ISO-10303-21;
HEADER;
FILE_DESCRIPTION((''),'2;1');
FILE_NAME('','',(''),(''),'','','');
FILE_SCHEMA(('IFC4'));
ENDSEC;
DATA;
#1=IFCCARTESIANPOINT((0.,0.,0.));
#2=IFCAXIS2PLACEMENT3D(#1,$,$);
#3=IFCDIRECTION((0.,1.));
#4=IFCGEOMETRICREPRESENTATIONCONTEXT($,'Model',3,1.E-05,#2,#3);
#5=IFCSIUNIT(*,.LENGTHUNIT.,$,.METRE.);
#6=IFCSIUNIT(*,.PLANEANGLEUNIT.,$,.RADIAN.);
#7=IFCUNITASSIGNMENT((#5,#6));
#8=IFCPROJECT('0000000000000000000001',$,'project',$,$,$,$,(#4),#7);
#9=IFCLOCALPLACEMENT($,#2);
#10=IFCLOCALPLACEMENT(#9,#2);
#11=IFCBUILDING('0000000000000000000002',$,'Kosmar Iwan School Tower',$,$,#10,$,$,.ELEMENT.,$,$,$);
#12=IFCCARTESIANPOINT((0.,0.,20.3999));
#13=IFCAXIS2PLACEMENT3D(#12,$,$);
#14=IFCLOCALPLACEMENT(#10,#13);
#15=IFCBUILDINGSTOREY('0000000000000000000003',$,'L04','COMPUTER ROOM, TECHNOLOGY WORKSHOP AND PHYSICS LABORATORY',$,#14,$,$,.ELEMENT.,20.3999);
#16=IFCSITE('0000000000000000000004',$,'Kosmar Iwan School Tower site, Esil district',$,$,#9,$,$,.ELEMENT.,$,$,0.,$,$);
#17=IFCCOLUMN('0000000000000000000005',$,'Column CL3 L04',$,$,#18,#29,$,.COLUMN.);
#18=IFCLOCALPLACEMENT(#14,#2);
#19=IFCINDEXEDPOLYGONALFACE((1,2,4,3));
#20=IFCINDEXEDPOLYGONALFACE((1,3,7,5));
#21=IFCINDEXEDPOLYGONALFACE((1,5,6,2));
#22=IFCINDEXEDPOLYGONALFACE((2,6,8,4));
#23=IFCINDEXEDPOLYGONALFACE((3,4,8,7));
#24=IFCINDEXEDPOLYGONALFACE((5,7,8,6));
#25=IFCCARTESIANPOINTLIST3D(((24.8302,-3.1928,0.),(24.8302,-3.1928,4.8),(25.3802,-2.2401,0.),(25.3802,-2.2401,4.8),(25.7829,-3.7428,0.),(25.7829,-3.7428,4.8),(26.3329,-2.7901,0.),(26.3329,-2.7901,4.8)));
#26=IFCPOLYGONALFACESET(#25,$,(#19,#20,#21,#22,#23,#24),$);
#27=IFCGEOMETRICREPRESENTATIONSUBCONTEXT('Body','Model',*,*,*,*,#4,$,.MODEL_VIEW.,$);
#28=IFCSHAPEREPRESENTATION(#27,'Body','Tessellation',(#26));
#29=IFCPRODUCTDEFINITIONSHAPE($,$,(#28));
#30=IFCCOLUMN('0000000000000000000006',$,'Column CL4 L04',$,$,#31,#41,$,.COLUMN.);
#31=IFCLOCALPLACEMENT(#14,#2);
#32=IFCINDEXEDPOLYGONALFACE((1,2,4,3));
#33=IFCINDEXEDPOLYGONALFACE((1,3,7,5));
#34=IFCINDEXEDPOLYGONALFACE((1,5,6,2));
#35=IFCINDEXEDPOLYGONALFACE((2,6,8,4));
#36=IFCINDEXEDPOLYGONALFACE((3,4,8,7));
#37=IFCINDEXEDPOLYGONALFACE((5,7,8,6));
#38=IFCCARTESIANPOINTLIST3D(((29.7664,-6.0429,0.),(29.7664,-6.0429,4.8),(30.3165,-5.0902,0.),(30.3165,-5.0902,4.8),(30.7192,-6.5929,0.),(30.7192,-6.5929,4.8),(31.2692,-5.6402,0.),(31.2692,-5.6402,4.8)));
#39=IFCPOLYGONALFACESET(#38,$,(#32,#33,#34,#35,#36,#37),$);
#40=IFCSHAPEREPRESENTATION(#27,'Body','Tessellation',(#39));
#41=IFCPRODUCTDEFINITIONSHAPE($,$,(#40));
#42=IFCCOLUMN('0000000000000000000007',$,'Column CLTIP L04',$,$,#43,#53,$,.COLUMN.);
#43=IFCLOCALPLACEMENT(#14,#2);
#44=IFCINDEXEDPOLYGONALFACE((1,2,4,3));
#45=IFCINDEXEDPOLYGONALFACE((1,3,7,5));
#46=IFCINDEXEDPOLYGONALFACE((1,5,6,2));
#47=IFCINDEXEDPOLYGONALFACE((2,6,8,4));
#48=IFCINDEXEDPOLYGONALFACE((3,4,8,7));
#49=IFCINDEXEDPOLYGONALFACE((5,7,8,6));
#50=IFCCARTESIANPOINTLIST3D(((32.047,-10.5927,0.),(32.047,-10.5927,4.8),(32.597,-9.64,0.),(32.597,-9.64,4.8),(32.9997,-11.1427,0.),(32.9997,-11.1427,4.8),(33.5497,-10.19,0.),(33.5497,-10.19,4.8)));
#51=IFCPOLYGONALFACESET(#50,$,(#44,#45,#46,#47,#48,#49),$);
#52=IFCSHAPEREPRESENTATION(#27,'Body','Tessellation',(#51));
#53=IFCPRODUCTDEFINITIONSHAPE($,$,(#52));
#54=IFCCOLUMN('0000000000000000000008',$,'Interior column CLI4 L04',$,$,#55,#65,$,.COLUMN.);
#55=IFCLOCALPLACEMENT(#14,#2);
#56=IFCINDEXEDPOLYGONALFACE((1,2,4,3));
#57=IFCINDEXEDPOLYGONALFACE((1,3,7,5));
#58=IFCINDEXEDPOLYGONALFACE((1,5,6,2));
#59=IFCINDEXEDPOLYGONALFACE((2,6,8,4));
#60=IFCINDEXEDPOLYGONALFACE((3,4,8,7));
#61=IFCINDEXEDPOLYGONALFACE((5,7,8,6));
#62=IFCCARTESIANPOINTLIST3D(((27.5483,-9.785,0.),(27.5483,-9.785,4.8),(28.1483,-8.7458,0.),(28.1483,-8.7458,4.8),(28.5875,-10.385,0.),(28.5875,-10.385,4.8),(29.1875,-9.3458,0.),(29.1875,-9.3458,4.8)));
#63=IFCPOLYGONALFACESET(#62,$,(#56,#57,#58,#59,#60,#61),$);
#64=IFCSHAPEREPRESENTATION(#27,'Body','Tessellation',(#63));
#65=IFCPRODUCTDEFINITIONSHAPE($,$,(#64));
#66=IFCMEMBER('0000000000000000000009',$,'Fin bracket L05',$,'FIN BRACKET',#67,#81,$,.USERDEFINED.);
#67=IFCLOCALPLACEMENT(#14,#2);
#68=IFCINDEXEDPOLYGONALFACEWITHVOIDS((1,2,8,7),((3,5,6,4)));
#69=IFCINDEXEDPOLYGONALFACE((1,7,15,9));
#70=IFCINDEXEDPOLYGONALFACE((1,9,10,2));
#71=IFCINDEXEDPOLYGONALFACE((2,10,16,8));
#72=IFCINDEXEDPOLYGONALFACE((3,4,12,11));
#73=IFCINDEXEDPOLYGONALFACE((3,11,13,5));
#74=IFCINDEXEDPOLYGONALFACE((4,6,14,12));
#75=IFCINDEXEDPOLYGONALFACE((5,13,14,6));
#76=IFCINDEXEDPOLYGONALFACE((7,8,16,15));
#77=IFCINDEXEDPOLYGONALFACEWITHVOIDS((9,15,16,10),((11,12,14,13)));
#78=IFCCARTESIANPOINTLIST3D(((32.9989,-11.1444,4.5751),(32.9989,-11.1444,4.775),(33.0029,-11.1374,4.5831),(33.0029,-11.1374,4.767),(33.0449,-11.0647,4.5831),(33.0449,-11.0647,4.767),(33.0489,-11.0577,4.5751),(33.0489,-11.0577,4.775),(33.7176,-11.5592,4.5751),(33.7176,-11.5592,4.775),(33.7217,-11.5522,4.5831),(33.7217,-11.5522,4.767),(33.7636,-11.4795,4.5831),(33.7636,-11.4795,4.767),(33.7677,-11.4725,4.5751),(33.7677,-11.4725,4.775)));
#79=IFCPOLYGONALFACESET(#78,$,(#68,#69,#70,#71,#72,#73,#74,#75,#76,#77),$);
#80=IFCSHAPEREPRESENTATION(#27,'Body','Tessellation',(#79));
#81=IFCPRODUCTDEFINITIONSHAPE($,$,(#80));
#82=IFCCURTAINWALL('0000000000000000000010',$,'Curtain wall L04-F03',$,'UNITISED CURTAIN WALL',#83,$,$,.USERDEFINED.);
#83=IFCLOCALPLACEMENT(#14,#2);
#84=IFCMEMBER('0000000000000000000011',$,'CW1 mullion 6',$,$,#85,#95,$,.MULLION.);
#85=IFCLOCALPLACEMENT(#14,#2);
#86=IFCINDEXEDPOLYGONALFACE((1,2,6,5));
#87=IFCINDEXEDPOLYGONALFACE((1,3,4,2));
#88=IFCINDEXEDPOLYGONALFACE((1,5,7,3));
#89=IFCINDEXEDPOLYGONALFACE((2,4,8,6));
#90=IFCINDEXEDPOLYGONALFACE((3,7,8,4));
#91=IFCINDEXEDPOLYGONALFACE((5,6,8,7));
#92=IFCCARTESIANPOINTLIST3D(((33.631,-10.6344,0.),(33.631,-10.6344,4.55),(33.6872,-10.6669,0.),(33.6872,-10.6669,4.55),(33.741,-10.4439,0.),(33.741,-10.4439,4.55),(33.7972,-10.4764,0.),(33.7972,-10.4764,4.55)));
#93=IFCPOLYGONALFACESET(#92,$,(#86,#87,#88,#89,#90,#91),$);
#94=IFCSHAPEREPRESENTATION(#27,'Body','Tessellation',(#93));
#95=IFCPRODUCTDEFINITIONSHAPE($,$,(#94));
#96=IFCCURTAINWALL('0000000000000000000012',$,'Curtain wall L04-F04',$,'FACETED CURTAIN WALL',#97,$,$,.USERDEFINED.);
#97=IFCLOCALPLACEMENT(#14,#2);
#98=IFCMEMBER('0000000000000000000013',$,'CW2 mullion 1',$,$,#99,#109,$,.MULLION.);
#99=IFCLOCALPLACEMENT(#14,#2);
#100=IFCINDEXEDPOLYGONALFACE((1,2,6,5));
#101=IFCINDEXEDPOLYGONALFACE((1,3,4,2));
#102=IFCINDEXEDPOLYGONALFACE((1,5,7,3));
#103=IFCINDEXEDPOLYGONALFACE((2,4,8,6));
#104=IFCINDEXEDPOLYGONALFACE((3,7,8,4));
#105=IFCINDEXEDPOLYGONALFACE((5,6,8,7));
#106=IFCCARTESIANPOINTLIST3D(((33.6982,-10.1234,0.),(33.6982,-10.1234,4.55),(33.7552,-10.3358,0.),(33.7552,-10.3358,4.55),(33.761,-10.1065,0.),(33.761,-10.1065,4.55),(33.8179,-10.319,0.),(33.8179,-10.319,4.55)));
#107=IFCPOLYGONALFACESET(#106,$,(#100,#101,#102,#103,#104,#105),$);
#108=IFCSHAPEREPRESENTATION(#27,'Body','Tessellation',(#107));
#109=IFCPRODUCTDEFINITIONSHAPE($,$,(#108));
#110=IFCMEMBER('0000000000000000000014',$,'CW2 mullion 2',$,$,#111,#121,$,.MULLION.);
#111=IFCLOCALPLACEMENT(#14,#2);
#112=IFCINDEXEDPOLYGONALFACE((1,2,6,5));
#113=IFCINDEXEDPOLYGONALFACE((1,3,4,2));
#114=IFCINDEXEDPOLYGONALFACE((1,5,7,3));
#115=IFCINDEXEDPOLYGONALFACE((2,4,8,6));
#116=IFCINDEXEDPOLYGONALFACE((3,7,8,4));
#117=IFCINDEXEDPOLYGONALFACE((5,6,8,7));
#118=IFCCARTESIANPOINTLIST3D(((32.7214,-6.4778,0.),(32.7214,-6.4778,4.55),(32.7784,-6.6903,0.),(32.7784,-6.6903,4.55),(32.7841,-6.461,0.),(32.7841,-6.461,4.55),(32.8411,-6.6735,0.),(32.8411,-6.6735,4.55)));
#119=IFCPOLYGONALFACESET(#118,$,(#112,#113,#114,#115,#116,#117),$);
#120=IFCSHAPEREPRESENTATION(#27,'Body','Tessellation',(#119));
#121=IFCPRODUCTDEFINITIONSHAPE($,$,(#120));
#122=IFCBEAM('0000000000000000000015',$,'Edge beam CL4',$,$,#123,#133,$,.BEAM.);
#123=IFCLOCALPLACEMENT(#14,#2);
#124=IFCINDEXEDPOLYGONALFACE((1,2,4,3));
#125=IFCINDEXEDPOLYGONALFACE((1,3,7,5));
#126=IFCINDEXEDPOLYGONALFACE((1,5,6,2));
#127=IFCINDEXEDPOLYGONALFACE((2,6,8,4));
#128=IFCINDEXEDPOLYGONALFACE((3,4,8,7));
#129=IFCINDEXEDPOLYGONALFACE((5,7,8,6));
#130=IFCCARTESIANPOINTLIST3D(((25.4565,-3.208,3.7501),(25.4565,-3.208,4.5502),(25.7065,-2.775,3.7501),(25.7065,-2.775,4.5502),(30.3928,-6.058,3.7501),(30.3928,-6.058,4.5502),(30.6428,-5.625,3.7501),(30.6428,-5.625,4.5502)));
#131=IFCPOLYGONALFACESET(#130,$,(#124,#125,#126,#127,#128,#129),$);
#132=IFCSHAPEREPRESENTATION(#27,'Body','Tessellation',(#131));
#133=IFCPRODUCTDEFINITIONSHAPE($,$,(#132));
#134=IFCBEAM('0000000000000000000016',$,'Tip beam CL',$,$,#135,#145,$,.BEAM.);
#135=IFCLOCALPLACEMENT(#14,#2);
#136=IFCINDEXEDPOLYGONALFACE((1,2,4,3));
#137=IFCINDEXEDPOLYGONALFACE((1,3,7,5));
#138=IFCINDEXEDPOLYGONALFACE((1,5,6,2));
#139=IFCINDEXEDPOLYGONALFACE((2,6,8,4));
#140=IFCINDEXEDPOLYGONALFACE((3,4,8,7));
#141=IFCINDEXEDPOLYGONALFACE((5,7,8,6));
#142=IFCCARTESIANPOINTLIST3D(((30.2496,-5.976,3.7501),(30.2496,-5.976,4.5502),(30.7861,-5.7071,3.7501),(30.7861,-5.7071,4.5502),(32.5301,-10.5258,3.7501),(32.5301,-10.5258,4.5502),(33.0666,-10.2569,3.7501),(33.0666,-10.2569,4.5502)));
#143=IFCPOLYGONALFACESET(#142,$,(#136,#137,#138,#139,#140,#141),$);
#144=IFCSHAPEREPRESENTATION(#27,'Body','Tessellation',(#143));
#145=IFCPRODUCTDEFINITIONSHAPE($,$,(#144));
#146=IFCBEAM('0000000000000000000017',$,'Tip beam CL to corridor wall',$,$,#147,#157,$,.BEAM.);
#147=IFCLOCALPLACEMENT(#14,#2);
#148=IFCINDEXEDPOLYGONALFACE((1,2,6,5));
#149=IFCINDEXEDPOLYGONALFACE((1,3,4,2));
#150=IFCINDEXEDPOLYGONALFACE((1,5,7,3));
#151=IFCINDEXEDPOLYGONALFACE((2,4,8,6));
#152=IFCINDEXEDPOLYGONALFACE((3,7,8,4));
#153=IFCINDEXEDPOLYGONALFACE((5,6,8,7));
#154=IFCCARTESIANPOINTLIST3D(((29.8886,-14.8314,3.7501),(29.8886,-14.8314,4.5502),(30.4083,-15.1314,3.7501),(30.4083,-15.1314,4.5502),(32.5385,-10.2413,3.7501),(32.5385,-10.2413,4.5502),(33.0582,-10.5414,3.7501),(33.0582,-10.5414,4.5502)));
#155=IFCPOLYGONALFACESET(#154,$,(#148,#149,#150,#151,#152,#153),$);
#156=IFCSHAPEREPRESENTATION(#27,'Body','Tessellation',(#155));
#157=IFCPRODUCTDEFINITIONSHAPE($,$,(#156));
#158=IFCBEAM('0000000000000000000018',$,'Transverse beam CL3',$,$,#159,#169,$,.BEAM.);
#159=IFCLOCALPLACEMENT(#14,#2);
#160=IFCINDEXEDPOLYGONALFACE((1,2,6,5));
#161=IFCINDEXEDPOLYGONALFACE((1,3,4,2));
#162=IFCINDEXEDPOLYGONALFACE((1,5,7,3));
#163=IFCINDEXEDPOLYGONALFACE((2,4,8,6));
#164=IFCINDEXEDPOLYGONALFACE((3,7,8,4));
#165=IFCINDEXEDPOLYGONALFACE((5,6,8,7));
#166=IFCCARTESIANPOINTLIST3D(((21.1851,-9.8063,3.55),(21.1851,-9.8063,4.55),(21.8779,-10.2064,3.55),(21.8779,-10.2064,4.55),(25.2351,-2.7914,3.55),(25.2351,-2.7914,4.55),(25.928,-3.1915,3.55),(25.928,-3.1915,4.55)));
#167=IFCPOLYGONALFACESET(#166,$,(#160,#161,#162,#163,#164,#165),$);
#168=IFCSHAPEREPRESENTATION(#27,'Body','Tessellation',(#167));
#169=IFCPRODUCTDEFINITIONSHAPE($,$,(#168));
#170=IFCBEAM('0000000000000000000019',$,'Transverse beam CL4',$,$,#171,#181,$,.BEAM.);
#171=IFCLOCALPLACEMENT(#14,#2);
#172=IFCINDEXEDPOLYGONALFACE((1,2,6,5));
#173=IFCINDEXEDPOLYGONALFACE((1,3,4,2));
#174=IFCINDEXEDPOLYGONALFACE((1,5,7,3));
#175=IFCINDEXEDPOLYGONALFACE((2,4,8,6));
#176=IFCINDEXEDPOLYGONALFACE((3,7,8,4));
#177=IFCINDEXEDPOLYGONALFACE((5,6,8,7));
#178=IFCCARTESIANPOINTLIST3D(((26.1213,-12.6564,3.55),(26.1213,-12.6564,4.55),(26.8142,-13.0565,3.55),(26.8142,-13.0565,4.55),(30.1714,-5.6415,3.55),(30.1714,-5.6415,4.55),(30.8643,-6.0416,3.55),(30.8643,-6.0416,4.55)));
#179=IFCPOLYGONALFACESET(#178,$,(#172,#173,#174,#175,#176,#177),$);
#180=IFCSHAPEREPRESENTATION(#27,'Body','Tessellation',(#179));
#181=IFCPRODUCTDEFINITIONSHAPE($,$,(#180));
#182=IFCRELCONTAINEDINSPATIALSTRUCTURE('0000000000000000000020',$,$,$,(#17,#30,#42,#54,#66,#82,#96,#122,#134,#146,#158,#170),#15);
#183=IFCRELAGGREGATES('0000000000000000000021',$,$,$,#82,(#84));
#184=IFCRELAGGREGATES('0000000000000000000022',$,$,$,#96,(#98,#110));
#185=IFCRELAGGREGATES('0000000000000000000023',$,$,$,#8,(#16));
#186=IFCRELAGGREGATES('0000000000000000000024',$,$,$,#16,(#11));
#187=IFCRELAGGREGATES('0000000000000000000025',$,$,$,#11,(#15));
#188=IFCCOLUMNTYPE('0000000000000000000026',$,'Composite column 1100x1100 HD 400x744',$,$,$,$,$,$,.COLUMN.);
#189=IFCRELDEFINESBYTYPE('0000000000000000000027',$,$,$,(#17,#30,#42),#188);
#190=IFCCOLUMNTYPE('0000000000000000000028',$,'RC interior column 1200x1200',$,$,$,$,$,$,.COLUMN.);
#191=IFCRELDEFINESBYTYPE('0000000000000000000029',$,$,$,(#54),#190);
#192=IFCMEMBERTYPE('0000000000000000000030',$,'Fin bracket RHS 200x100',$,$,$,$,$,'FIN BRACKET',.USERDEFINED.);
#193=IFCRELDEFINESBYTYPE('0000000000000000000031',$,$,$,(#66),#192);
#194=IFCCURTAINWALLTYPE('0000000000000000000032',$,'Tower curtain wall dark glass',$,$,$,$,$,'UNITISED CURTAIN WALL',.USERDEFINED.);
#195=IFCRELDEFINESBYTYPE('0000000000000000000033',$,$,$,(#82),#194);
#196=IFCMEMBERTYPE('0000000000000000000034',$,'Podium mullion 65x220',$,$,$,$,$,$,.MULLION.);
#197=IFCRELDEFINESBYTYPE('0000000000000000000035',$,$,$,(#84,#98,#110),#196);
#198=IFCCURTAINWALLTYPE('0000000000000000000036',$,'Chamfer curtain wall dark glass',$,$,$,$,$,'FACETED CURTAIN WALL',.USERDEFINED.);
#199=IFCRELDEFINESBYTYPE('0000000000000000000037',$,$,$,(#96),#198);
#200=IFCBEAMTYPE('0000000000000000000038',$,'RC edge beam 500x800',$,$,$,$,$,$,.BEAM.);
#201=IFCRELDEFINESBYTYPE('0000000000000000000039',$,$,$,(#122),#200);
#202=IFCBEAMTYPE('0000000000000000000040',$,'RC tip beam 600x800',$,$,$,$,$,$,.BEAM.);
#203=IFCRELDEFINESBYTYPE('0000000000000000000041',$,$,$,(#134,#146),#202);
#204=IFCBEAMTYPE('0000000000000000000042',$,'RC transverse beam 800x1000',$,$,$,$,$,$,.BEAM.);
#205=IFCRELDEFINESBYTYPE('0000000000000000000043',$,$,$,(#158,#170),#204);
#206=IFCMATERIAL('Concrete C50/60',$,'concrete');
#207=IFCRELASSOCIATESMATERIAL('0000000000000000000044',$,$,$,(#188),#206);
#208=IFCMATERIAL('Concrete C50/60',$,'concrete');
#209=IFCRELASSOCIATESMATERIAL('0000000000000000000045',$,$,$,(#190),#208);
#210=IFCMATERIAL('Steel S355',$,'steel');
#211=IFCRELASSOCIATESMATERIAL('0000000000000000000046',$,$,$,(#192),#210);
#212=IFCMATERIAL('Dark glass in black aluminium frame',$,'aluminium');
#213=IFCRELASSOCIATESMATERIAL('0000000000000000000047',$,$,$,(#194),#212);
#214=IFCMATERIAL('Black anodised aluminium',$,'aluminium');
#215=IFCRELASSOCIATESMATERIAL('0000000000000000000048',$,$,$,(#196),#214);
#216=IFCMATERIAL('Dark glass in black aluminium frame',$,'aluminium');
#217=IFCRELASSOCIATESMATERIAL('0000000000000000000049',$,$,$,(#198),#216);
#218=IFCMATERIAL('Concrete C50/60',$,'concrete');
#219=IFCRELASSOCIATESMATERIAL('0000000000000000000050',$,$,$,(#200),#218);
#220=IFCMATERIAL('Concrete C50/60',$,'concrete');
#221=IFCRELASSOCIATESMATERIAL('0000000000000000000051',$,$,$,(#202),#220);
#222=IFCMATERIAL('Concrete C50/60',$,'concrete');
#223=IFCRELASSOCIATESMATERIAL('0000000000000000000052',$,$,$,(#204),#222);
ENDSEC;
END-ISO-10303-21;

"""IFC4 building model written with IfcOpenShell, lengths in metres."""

from ifc_helpers import new_model, si_unit, direction, frame, origin, origin_2d, place, context, subcontext, project, spatial, rectangle, hollow_rectangle, extrude, material, material_profile, profile_set, type_object, element, aggregate, save


model = new_model("IFC4")

# Units and contexts
model_context = context("Model", 3, precision=1e-05, world=origin(), true_north=direction((0.0, 1.0)))
body_context = subcontext(model_context, "Body", "Model", "MODEL_VIEW")
ifc_project = project(units=[si_unit("LENGTHUNIT", "METRE"), si_unit("PLANEANGLEUNIT", "RADIAN")], contexts=[model_context])

# Site, building, storey
site_placement = place(None, origin())
site = spatial("IfcSite", under=ifc_project, at=site_placement, Name="Kosmar Iwan School Tower site, Esil district", CompositionType="ELEMENT", RefElevation=0.0)
building_placement = place(site_placement, origin())
building = spatial("IfcBuilding", under=site, at=building_placement, Name="Kosmar Iwan School Tower", CompositionType="ELEMENT")
storey_placement = place(building_placement, frame((0.0, 0.0, 20.3999)))
storey = spatial("IfcBuildingStorey", under=building, at=storey_placement, Name="L04", Description="COMPUTER ROOM, TECHNOLOGY WORKSHOP AND PHYSICS LABORATORY", CompositionType="ELEMENT", Elevation=20.3999)

# Columns
ifc_material_1 = material(Name="Concrete C50/60", Category="concrete")
ifc_material_profile_1 = material_profile(ifc_material_1, rectangle(XDim=1.1001, YDim=1.1001, at=origin_2d()), Name="RC 1100x1100 + HD 400x744")
ifc_profile_set_1 = profile_set([ifc_material_profile_1], Name="Concrete C50/60")
column_type_1 = type_object("IfcColumnType", Name="Composite column 1100x1100 HD 400x744", PredefinedType="COLUMN", material=ifc_profile_set_1)
for number, where, z_axis, x_axis, name in (
    (1, (25.5815, -2.9915, 0.0), (0.0, 0.0, 1.0), (0.866025, -0.5, 0.0), "Column CL3 L04"),
    (2, (30.5178, -5.8416, 0.0), (0.0, 0.0, 1.0), (0.866025, -0.5, 0.0), "Column CL4 L04"),
    (3, (32.7983, -10.3914, 0.0), (0.0, 0.0, 1.0), (0.866025, -0.5, 0.0), "Column CLTIP L04"),
):
    element("IfcColumn", number, at=place(storey_placement, frame(where, z_axis=z_axis, x_axis=x_axis)), inside=storey, type_object=column_type_1, Name=name, PredefinedType="COLUMN", context=body_context, shape_type="SweptSolid", body=[
        extrude(rectangle(XDim=1.1001, YDim=1.1001, at=origin_2d()), origin(), (0.0, 0.0, 1.0), 4.8),
    ])
ifc_material_2 = material(Name="Concrete C50/60", Category="concrete")
ifc_material_profile_2 = material_profile(ifc_material_2, rectangle(XDim=1.2, YDim=1.2, at=origin_2d()), Name="RC 1200x1200")
ifc_profile_set_2 = profile_set([ifc_material_profile_2], Name="Concrete C50/60")
column_type_2 = type_object("IfcColumnType", Name="RC interior column 1200x1200", PredefinedType="COLUMN", material=ifc_profile_set_2)
column_placement = place(storey_placement, frame((28.3679, -9.5654, 0.0), z_axis=(0.0, 0.0, 1.0), x_axis=(0.866025, -0.5, 0.0)))
element("IfcColumn", 4, at=column_placement, inside=storey, type_object=column_type_2, Name="Interior column CLI4 L04", PredefinedType="COLUMN", context=body_context, shape_type="SweptSolid", body=[
    extrude(rectangle(XDim=1.2, YDim=1.2, at=origin_2d()), origin(), (0.0, 0.0, 1.0), 4.8),
])

# Member
ifc_material_3 = material(Name="Steel S355", Category="steel")
ifc_material_profile_3 = material_profile(ifc_material_3, hollow_rectangle(XDim=0.1001, YDim=0.2, WallThickness=0.0081, at=origin_2d()), Name="RHS 200x100x8")
ifc_profile_set_3 = profile_set([ifc_material_profile_3], Name="Steel S355")
member_type_1 = type_object("IfcMemberType", Name="Fin bracket RHS 200x100", ElementType="FIN BRACKET", PredefinedType="USERDEFINED", material=ifc_profile_set_3)
member_1_placement = place(storey_placement, frame((33.0239, -11.1011, 4.675), z_axis=(0.866117, -0.499841, 0.0), x_axis=(0.499841, 0.866117, 0.0)))
element("IfcMember", 5, at=member_1_placement, inside=storey, type_object=member_type_1, Name="Fin bracket L05", ObjectType="FIN BRACKET", PredefinedType="USERDEFINED", context=body_context, shape_type="SweptSolid", body=[
    extrude(hollow_rectangle(XDim=0.1001, YDim=0.2, WallThickness=0.0081, at=origin_2d()), origin(), (0.0, 0.0, 1.0), 0.8298),
])

# Curtain wall, member
ifc_material_4 = material(Name="Dark glass in black aluminium frame", Category="aluminium")
curtain_wall_type_1 = type_object("IfcCurtainWallType", Name="Tower curtain wall dark glass", ElementType="UNITISED CURTAIN WALL", PredefinedType="USERDEFINED", material=ifc_material_4)
curtain_wall_1_placement = place(storey_placement, origin())
curtain_wall_1 = element("IfcCurtainWall", 6, at=curtain_wall_1_placement, inside=storey, type_object=curtain_wall_type_1, Name="Curtain wall L04-F03", ObjectType="UNITISED CURTAIN WALL", PredefinedType="USERDEFINED")
ifc_material_5 = material(Name="Black anodised aluminium", Category="aluminium")
ifc_material_profile_4 = material_profile(ifc_material_5, rectangle(XDim=0.0649, YDim=0.22, at=origin_2d()), Name="MULLION 65x220")
ifc_profile_set_4 = profile_set([ifc_material_profile_4], Name="Black anodised aluminium")
member_type_2 = type_object("IfcMemberType", Name="Podium mullion 65x220", PredefinedType="MULLION", material=ifc_profile_set_4)
member_2_placement = place(storey_placement, frame((33.7141, -10.5554, 0.0), z_axis=(0.0, 0.0, 1.0), x_axis=(-0.866025, 0.5, 0.0)))
member_2 = element("IfcMember", 7, at=member_2_placement, type_object=member_type_2, Name="CW1 mullion 6", PredefinedType="MULLION", context=body_context, shape_type="SweptSolid", body=[
    extrude(rectangle(XDim=0.0649, YDim=0.22, at=origin_2d()), origin(), (0.0, 0.0, 1.0), 4.55),
])

# Curtain wall, members
ifc_material_6 = material(Name="Dark glass in black aluminium frame", Category="aluminium")
curtain_wall_type_2 = type_object("IfcCurtainWallType", Name="Chamfer curtain wall dark glass", ElementType="FACETED CURTAIN WALL", PredefinedType="USERDEFINED", material=ifc_material_6)
curtain_wall_2_placement = place(storey_placement, origin())
curtain_wall_2 = element("IfcCurtainWall", 8, at=curtain_wall_2_placement, inside=storey, type_object=curtain_wall_type_2, Name="Curtain wall L04-F04", ObjectType="FACETED CURTAIN WALL", PredefinedType="USERDEFINED")
member_3_placement = place(storey_placement, frame((33.7581, -10.2212, 0.0), z_axis=(0.0, 0.0, 1.0), x_axis=(-0.965926, -0.258819, 0.0)))
member_3 = element("IfcMember", 9, at=member_3_placement, type_object=member_type_2, Name="CW2 mullion 1", PredefinedType="MULLION", context=body_context, shape_type="SweptSolid", body=[
    extrude(rectangle(XDim=0.0649, YDim=0.22, at=origin_2d()), origin(), (0.0, 0.0, 1.0), 4.55),
])
member_4_placement = place(storey_placement, frame((32.7812, -6.5757, 0.0), z_axis=(0.0, 0.0, 1.0), x_axis=(-0.965926, -0.258819, 0.0)))
member_4 = element("IfcMember", 10, at=member_4_placement, type_object=member_type_2, Name="CW2 mullion 2", PredefinedType="MULLION", context=body_context, shape_type="SweptSolid", body=[
    extrude(rectangle(XDim=0.0649, YDim=0.22, at=origin_2d()), origin(), (0.0, 0.0, 1.0), 4.55),
])

# Beams
ifc_material_7 = material(Name="Concrete C50/60", Category="concrete")
ifc_material_profile_5 = material_profile(ifc_material_7, rectangle(XDim=0.5, YDim=0.8, at=origin_2d()), Name="RC 500x800")
ifc_profile_set_5 = profile_set([ifc_material_profile_5], Name="Concrete C50/60")
beam_type_1 = type_object("IfcBeamType", Name="RC edge beam 500x800", PredefinedType="BEAM", material=ifc_profile_set_5)
beam_1_placement = place(storey_placement, frame((25.5815, -2.9915, 4.1501), z_axis=(0.866015, -0.500018, 0.0), x_axis=(0.500018, 0.866015, 0.0)))
element("IfcBeam", 11, at=beam_1_placement, inside=storey, type_object=beam_type_1, Name="Edge beam CL4", PredefinedType="BEAM", context=body_context, shape_type="SweptSolid", body=[
    extrude(rectangle(XDim=0.5, YDim=0.8, at=origin_2d()), origin(), (0.0, 0.0, 1.0), 5.7),
])
ifc_material_8 = material(Name="Concrete C50/60", Category="concrete")
ifc_material_profile_6 = material_profile(ifc_material_8, rectangle(XDim=0.6001, YDim=0.8, at=origin_2d()), Name="RC 600x800")
ifc_profile_set_6 = profile_set([ifc_material_profile_6], Name="Concrete C50/60")
beam_type_2 = type_object("IfcBeamType", Name="RC tip beam 600x800", PredefinedType="BEAM", material=ifc_profile_set_6)
beam_2_placement = place(storey_placement, frame((30.5178, -5.8416, 4.1501), z_axis=(0.448096, -0.893985, 0.0), x_axis=(0.893985, 0.448096, 0.0)))
element("IfcBeam", 12, at=beam_2_placement, inside=storey, type_object=beam_type_2, Name="Tip beam CL", PredefinedType="BEAM", context=body_context, shape_type="SweptSolid", body=[
    extrude(rectangle(XDim=0.6001, YDim=0.8, at=origin_2d()), origin(), (0.0, 0.0, 1.0), 5.0894),
])
beam_3_placement = place(storey_placement, frame((32.7983, -10.3914, 4.1501), z_axis=(-0.499974, -0.866041, 0.0), x_axis=(0.866041, -0.499974, 0.0)))
element("IfcBeam", 13, at=beam_3_placement, inside=storey, type_object=beam_type_2, Name="Tip beam CL to corridor wall", PredefinedType="BEAM", context=body_context, shape_type="SweptSolid", body=[
    extrude(rectangle(XDim=0.6001, YDim=0.8, at=origin_2d()), origin(), (0.0, 0.0, 1.0), 5.3),
])
ifc_material_9 = material(Name="Concrete C50/60", Category="concrete")
ifc_material_profile_7 = material_profile(ifc_material_9, rectangle(XDim=0.8, YDim=1.0, at=origin_2d()), Name="RC 800x1000")
ifc_profile_set_7 = profile_set([ifc_material_profile_7], Name="Concrete C50/60")
beam_type_3 = type_object("IfcBeamType", Name="RC transverse beam 800x1000", PredefinedType="BEAM", material=ifc_profile_set_7)
for number, where, z_axis, x_axis, name in (
    (14, (25.5815, -2.9915, 4.05), (-0.5, -0.866025, 0.0), (0.866025, -0.5, 0.0), "Transverse beam CL3"),
    (15, (30.5178, -5.8416, 4.05), (-0.5, -0.866025, 0.0), (0.866025, -0.5, 0.0), "Transverse beam CL4"),
):
    element("IfcBeam", number, at=place(storey_placement, frame(where, z_axis=z_axis, x_axis=x_axis)), inside=storey, type_object=beam_type_3, Name=name, PredefinedType="BEAM", context=body_context, shape_type="SweptSolid", body=[
        extrude(rectangle(XDim=0.8, YDim=1.0, at=origin_2d()), origin(), (0.0, 0.0, 1.0), 8.1001),
    ])

aggregate(curtain_wall_1, [member_2])
aggregate(curtain_wall_2, [member_3, member_4])

save(model, "model.ifc")
